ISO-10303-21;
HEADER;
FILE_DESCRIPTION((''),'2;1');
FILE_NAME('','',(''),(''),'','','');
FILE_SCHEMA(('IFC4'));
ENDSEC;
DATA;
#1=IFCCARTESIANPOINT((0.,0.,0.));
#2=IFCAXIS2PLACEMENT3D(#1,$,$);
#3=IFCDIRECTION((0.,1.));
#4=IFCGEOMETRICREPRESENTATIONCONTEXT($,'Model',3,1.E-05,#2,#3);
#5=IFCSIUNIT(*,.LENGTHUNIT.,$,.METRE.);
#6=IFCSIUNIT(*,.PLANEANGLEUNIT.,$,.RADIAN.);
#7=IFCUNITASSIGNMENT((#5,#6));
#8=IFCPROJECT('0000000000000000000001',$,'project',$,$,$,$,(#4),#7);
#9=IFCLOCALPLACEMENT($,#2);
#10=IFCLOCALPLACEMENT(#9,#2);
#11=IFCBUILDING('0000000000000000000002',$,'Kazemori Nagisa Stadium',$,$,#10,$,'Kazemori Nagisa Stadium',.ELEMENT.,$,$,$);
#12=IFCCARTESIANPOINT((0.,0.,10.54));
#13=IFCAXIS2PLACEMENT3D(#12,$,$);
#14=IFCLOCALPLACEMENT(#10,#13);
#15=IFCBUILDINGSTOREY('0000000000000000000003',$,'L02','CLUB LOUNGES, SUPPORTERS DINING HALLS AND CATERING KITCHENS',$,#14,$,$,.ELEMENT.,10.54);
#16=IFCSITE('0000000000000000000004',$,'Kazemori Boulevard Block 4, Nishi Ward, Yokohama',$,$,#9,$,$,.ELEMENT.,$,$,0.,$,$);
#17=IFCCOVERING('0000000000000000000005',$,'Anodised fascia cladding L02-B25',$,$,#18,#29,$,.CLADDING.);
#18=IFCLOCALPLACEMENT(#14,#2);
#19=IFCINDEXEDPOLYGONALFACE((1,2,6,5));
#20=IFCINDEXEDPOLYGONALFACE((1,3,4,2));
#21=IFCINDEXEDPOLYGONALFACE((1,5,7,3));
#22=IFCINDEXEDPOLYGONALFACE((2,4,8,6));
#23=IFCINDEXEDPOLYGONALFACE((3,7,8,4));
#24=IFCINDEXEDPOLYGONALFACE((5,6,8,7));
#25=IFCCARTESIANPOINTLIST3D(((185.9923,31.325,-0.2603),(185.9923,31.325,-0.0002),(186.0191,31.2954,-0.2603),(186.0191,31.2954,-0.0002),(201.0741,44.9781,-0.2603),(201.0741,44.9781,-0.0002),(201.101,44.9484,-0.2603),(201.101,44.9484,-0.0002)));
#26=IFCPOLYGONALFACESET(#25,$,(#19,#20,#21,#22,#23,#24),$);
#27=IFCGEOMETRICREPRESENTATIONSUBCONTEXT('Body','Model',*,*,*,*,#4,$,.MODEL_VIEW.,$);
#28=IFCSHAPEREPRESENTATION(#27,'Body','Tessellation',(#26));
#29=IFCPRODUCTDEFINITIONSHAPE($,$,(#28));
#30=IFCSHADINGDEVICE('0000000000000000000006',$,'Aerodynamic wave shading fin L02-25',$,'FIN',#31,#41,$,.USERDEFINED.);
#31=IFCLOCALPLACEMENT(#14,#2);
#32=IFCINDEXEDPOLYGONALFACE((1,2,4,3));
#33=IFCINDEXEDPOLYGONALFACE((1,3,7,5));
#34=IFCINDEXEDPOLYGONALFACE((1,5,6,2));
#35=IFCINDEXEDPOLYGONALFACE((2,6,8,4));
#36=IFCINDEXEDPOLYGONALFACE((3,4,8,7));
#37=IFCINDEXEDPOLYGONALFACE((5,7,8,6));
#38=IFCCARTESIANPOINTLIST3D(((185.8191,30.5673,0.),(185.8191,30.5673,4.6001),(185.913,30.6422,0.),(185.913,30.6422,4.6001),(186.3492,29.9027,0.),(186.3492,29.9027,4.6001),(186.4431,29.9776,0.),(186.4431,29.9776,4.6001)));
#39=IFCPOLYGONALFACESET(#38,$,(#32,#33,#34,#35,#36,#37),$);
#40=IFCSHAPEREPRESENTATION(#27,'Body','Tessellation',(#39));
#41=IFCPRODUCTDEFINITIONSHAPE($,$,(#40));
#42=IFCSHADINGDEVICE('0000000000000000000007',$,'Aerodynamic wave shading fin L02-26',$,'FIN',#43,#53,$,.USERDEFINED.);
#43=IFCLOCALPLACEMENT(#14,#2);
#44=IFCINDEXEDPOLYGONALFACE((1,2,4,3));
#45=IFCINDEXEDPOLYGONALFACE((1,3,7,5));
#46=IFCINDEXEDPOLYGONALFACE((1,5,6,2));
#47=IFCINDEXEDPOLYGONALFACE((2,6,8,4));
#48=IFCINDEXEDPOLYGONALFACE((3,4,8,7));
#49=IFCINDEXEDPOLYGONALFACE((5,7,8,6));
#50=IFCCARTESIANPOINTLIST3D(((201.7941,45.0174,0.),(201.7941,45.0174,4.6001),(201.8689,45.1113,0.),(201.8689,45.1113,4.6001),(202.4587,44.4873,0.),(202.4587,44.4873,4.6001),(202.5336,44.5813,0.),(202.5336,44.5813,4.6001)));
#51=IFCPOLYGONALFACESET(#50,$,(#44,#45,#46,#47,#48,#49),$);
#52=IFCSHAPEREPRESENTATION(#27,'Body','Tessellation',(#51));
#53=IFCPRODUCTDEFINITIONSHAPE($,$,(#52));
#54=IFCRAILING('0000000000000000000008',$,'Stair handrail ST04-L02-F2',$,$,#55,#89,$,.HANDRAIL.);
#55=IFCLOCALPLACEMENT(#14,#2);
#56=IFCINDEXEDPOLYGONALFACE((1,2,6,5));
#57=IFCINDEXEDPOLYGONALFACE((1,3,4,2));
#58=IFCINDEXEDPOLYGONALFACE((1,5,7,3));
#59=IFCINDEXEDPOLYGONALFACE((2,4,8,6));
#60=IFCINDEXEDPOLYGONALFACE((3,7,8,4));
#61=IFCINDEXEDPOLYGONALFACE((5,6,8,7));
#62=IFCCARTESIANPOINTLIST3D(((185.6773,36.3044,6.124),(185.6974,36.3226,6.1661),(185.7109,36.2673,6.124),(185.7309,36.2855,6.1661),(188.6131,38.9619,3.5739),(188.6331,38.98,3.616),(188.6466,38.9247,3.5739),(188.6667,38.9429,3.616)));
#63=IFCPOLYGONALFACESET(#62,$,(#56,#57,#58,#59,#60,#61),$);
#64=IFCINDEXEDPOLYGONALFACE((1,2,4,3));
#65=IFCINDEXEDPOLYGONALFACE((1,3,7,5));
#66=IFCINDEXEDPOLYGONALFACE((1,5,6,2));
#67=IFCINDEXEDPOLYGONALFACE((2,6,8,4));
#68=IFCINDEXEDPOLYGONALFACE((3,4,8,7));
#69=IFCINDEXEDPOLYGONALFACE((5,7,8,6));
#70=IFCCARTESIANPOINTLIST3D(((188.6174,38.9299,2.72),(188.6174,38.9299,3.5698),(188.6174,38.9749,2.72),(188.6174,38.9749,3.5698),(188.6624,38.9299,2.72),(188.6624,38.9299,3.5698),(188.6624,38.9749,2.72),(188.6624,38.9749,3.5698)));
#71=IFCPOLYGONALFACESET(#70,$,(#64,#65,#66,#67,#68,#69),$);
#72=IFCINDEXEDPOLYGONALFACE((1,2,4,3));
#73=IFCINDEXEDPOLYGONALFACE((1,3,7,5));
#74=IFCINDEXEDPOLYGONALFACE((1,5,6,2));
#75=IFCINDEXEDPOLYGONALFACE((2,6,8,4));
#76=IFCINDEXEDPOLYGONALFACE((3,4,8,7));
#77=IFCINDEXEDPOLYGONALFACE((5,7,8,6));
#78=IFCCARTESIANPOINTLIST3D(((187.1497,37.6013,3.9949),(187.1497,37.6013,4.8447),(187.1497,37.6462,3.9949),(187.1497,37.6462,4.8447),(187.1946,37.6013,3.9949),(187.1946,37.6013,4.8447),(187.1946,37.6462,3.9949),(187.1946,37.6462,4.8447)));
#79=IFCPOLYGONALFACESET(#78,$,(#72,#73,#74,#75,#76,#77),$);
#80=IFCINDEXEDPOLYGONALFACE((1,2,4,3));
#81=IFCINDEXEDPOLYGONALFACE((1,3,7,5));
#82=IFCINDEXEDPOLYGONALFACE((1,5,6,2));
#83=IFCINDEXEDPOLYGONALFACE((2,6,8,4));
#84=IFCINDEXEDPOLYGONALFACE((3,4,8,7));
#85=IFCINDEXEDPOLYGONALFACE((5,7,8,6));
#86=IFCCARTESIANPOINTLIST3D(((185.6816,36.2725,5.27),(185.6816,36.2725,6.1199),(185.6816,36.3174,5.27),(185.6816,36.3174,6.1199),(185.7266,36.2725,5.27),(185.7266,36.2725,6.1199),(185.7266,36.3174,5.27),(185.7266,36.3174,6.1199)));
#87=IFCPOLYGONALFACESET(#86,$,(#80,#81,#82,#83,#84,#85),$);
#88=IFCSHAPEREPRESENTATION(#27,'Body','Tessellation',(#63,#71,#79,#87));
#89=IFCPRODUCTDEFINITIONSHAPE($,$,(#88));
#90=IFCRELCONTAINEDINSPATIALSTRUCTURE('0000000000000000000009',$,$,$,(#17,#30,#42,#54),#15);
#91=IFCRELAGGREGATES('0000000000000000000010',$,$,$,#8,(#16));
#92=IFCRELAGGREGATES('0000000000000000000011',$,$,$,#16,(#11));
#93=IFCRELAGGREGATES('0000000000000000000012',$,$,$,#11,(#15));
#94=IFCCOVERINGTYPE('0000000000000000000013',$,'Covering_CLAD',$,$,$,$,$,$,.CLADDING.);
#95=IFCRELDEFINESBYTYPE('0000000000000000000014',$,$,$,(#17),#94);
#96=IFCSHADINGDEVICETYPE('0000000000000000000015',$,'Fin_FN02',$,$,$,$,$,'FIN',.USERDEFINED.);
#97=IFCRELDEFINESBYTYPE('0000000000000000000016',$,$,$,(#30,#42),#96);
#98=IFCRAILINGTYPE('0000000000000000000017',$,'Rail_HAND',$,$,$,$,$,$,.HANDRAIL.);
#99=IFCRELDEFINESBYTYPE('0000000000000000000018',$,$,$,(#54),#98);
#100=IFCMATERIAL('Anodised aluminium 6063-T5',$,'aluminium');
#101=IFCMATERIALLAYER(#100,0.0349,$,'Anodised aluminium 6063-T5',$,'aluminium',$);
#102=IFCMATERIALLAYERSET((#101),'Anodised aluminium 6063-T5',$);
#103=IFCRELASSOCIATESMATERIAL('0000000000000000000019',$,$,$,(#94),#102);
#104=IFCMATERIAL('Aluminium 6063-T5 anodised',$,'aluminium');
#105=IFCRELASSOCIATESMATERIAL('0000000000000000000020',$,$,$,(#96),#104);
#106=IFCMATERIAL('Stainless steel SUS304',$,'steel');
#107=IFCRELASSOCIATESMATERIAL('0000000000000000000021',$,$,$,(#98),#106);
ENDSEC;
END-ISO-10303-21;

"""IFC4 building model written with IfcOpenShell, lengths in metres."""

from ifc_helpers import new_model, si_unit, direction, frame, origin, origin_2d, place, context, subcontext, project, spatial, rectangle, extrude, material, layer, layer_set, type_object, element, save


model = new_model("IFC4")

# Units and contexts
model_context = context("Model", 3, precision=1e-05, world=origin(), true_north=direction((0.0, 1.0)))
body_context = subcontext(model_context, "Body", "Model", "MODEL_VIEW")
ifc_project = project(units=[si_unit("LENGTHUNIT", "METRE"), si_unit("PLANEANGLEUNIT", "RADIAN")], contexts=[model_context])

# Site, building, storey
site_placement = place(None, origin())
site = spatial("IfcSite", under=ifc_project, at=site_placement, Name="Kazemori Boulevard Block 4, Nishi Ward, Yokohama", CompositionType="ELEMENT", RefElevation=0.0)
building_placement = place(site_placement, origin())
building = spatial("IfcBuilding", under=site, at=building_placement, Name="Kazemori Nagisa Stadium", LongName="Kazemori Nagisa Stadium", CompositionType="ELEMENT")
storey_placement = place(building_placement, frame((0.0, 0.0, 10.54)))
storey = spatial("IfcBuildingStorey", under=building, at=storey_placement, Name="L02", Description="CLUB LOUNGES, SUPPORTERS DINING HALLS AND CATERING KITCHENS", CompositionType="ELEMENT", Elevation=10.54)

# Shared definitions
ifc_material_1 = material(Name="Anodised aluminium 6063-T5", Category="aluminium")
ifc_material_2 = material(Name="Aluminium 6063-T5 anodised", Category="aluminium")

# Shared definitions
ifc_material_3 = material(Name="Stainless steel SUS304", Category="steel")

# Covering
ifc_layer_1 = layer(ifc_material_1, 0.0349, Name="Anodised aluminium 6063-T5", Category="aluminium")
ifc_layer_set_1 = layer_set([ifc_layer_1], Name="Anodised aluminium 6063-T5")
covering_type = type_object("IfcCoveringType", Name="Covering_CLAD", PredefinedType="CLADDING", material=ifc_layer_set_1)
covering_placement = place(storey_placement, frame((193.5466, 38.1367, -0.2603), z_axis=(0.0, 0.0, 1.0), x_axis=(0.741351, 0.671118, 0.0)))
element("IfcCovering", 1, at=covering_placement, inside=storey, type_object=covering_type, Name="Anodised fascia cladding L02-B25", PredefinedType="CLADDING", context=body_context, shape_type="SweptSolid", body=[
    extrude(rectangle(XDim=20.3438, YDim=0.04, at=origin_2d()), origin(), (0.0, 0.0, 1.0), 0.26),
])

# Shading devices
shading_device_type = type_object("IfcShadingDeviceType", Name="Fin_FN02", ElementType="FIN", PredefinedType="USERDEFINED", material=ifc_material_2)
for number, where, z_axis, x_axis, name in (
    (2, (186.1311, 30.2725, 0.0), (0.0, 0.0, 1.0), (0.62349, -0.781831, 0.0), "Aerodynamic wave shading fin L02-25"),
    (3, (202.1638, 44.7993, 0.0), (0.0, 0.0, 1.0), (0.781831, -0.62349, 0.0), "Aerodynamic wave shading fin L02-26"),
):
    element("IfcShadingDevice", number, at=place(storey_placement, frame(where, z_axis=z_axis, x_axis=x_axis)), inside=storey, type_object=shading_device_type, Name=name, ObjectType="FIN", PredefinedType="USERDEFINED", context=body_context, shape_type="SweptSolid", body=[
        extrude(rectangle(XDim=0.8501, YDim=0.1201, at=origin_2d()), origin(), (0.0, 0.0, 1.0), 4.6001),
    ])

# Railing
railing_type = type_object("IfcRailingType", Name="Rail_HAND", PredefinedType="HANDRAIL", material=ifc_material_3)
railing_placement = place(storey_placement, frame((188.6399, 38.9524, 2.72)))
element("IfcRailing", 4, at=railing_placement, inside=storey, type_object=railing_type, Name="Stair handrail ST04-L02-F2", PredefinedType="HANDRAIL", context=body_context, shape_type="SweptSolid", body=[
    extrude(rectangle(XDim=0.05, YDim=0.05, at=origin_2d()), frame((0.0, 0.0, 0.875), z_axis=(-0.623315, -0.564223, 0.541416), x_axis=(0.671091, -0.741375, 0.0)), (0.0, 0.0, 1.0), 4.71),
    extrude(rectangle(XDim=0.0449, YDim=0.0449, at=origin_2d()), origin(), (0.0, 0.0, 1.0), 0.8499),
    extrude(rectangle(XDim=0.0449, YDim=0.0449, at=origin_2d()), frame((-1.4678, -1.3286, 1.2749)), (0.0, 0.0, 1.0), 0.8499),
    extrude(rectangle(XDim=0.0449, YDim=0.0449, at=origin_2d()), frame((-2.9358, -2.6575, 2.55)), (0.0, 0.0, 1.0), 0.8499),
])

save(model, "model.ifc")
